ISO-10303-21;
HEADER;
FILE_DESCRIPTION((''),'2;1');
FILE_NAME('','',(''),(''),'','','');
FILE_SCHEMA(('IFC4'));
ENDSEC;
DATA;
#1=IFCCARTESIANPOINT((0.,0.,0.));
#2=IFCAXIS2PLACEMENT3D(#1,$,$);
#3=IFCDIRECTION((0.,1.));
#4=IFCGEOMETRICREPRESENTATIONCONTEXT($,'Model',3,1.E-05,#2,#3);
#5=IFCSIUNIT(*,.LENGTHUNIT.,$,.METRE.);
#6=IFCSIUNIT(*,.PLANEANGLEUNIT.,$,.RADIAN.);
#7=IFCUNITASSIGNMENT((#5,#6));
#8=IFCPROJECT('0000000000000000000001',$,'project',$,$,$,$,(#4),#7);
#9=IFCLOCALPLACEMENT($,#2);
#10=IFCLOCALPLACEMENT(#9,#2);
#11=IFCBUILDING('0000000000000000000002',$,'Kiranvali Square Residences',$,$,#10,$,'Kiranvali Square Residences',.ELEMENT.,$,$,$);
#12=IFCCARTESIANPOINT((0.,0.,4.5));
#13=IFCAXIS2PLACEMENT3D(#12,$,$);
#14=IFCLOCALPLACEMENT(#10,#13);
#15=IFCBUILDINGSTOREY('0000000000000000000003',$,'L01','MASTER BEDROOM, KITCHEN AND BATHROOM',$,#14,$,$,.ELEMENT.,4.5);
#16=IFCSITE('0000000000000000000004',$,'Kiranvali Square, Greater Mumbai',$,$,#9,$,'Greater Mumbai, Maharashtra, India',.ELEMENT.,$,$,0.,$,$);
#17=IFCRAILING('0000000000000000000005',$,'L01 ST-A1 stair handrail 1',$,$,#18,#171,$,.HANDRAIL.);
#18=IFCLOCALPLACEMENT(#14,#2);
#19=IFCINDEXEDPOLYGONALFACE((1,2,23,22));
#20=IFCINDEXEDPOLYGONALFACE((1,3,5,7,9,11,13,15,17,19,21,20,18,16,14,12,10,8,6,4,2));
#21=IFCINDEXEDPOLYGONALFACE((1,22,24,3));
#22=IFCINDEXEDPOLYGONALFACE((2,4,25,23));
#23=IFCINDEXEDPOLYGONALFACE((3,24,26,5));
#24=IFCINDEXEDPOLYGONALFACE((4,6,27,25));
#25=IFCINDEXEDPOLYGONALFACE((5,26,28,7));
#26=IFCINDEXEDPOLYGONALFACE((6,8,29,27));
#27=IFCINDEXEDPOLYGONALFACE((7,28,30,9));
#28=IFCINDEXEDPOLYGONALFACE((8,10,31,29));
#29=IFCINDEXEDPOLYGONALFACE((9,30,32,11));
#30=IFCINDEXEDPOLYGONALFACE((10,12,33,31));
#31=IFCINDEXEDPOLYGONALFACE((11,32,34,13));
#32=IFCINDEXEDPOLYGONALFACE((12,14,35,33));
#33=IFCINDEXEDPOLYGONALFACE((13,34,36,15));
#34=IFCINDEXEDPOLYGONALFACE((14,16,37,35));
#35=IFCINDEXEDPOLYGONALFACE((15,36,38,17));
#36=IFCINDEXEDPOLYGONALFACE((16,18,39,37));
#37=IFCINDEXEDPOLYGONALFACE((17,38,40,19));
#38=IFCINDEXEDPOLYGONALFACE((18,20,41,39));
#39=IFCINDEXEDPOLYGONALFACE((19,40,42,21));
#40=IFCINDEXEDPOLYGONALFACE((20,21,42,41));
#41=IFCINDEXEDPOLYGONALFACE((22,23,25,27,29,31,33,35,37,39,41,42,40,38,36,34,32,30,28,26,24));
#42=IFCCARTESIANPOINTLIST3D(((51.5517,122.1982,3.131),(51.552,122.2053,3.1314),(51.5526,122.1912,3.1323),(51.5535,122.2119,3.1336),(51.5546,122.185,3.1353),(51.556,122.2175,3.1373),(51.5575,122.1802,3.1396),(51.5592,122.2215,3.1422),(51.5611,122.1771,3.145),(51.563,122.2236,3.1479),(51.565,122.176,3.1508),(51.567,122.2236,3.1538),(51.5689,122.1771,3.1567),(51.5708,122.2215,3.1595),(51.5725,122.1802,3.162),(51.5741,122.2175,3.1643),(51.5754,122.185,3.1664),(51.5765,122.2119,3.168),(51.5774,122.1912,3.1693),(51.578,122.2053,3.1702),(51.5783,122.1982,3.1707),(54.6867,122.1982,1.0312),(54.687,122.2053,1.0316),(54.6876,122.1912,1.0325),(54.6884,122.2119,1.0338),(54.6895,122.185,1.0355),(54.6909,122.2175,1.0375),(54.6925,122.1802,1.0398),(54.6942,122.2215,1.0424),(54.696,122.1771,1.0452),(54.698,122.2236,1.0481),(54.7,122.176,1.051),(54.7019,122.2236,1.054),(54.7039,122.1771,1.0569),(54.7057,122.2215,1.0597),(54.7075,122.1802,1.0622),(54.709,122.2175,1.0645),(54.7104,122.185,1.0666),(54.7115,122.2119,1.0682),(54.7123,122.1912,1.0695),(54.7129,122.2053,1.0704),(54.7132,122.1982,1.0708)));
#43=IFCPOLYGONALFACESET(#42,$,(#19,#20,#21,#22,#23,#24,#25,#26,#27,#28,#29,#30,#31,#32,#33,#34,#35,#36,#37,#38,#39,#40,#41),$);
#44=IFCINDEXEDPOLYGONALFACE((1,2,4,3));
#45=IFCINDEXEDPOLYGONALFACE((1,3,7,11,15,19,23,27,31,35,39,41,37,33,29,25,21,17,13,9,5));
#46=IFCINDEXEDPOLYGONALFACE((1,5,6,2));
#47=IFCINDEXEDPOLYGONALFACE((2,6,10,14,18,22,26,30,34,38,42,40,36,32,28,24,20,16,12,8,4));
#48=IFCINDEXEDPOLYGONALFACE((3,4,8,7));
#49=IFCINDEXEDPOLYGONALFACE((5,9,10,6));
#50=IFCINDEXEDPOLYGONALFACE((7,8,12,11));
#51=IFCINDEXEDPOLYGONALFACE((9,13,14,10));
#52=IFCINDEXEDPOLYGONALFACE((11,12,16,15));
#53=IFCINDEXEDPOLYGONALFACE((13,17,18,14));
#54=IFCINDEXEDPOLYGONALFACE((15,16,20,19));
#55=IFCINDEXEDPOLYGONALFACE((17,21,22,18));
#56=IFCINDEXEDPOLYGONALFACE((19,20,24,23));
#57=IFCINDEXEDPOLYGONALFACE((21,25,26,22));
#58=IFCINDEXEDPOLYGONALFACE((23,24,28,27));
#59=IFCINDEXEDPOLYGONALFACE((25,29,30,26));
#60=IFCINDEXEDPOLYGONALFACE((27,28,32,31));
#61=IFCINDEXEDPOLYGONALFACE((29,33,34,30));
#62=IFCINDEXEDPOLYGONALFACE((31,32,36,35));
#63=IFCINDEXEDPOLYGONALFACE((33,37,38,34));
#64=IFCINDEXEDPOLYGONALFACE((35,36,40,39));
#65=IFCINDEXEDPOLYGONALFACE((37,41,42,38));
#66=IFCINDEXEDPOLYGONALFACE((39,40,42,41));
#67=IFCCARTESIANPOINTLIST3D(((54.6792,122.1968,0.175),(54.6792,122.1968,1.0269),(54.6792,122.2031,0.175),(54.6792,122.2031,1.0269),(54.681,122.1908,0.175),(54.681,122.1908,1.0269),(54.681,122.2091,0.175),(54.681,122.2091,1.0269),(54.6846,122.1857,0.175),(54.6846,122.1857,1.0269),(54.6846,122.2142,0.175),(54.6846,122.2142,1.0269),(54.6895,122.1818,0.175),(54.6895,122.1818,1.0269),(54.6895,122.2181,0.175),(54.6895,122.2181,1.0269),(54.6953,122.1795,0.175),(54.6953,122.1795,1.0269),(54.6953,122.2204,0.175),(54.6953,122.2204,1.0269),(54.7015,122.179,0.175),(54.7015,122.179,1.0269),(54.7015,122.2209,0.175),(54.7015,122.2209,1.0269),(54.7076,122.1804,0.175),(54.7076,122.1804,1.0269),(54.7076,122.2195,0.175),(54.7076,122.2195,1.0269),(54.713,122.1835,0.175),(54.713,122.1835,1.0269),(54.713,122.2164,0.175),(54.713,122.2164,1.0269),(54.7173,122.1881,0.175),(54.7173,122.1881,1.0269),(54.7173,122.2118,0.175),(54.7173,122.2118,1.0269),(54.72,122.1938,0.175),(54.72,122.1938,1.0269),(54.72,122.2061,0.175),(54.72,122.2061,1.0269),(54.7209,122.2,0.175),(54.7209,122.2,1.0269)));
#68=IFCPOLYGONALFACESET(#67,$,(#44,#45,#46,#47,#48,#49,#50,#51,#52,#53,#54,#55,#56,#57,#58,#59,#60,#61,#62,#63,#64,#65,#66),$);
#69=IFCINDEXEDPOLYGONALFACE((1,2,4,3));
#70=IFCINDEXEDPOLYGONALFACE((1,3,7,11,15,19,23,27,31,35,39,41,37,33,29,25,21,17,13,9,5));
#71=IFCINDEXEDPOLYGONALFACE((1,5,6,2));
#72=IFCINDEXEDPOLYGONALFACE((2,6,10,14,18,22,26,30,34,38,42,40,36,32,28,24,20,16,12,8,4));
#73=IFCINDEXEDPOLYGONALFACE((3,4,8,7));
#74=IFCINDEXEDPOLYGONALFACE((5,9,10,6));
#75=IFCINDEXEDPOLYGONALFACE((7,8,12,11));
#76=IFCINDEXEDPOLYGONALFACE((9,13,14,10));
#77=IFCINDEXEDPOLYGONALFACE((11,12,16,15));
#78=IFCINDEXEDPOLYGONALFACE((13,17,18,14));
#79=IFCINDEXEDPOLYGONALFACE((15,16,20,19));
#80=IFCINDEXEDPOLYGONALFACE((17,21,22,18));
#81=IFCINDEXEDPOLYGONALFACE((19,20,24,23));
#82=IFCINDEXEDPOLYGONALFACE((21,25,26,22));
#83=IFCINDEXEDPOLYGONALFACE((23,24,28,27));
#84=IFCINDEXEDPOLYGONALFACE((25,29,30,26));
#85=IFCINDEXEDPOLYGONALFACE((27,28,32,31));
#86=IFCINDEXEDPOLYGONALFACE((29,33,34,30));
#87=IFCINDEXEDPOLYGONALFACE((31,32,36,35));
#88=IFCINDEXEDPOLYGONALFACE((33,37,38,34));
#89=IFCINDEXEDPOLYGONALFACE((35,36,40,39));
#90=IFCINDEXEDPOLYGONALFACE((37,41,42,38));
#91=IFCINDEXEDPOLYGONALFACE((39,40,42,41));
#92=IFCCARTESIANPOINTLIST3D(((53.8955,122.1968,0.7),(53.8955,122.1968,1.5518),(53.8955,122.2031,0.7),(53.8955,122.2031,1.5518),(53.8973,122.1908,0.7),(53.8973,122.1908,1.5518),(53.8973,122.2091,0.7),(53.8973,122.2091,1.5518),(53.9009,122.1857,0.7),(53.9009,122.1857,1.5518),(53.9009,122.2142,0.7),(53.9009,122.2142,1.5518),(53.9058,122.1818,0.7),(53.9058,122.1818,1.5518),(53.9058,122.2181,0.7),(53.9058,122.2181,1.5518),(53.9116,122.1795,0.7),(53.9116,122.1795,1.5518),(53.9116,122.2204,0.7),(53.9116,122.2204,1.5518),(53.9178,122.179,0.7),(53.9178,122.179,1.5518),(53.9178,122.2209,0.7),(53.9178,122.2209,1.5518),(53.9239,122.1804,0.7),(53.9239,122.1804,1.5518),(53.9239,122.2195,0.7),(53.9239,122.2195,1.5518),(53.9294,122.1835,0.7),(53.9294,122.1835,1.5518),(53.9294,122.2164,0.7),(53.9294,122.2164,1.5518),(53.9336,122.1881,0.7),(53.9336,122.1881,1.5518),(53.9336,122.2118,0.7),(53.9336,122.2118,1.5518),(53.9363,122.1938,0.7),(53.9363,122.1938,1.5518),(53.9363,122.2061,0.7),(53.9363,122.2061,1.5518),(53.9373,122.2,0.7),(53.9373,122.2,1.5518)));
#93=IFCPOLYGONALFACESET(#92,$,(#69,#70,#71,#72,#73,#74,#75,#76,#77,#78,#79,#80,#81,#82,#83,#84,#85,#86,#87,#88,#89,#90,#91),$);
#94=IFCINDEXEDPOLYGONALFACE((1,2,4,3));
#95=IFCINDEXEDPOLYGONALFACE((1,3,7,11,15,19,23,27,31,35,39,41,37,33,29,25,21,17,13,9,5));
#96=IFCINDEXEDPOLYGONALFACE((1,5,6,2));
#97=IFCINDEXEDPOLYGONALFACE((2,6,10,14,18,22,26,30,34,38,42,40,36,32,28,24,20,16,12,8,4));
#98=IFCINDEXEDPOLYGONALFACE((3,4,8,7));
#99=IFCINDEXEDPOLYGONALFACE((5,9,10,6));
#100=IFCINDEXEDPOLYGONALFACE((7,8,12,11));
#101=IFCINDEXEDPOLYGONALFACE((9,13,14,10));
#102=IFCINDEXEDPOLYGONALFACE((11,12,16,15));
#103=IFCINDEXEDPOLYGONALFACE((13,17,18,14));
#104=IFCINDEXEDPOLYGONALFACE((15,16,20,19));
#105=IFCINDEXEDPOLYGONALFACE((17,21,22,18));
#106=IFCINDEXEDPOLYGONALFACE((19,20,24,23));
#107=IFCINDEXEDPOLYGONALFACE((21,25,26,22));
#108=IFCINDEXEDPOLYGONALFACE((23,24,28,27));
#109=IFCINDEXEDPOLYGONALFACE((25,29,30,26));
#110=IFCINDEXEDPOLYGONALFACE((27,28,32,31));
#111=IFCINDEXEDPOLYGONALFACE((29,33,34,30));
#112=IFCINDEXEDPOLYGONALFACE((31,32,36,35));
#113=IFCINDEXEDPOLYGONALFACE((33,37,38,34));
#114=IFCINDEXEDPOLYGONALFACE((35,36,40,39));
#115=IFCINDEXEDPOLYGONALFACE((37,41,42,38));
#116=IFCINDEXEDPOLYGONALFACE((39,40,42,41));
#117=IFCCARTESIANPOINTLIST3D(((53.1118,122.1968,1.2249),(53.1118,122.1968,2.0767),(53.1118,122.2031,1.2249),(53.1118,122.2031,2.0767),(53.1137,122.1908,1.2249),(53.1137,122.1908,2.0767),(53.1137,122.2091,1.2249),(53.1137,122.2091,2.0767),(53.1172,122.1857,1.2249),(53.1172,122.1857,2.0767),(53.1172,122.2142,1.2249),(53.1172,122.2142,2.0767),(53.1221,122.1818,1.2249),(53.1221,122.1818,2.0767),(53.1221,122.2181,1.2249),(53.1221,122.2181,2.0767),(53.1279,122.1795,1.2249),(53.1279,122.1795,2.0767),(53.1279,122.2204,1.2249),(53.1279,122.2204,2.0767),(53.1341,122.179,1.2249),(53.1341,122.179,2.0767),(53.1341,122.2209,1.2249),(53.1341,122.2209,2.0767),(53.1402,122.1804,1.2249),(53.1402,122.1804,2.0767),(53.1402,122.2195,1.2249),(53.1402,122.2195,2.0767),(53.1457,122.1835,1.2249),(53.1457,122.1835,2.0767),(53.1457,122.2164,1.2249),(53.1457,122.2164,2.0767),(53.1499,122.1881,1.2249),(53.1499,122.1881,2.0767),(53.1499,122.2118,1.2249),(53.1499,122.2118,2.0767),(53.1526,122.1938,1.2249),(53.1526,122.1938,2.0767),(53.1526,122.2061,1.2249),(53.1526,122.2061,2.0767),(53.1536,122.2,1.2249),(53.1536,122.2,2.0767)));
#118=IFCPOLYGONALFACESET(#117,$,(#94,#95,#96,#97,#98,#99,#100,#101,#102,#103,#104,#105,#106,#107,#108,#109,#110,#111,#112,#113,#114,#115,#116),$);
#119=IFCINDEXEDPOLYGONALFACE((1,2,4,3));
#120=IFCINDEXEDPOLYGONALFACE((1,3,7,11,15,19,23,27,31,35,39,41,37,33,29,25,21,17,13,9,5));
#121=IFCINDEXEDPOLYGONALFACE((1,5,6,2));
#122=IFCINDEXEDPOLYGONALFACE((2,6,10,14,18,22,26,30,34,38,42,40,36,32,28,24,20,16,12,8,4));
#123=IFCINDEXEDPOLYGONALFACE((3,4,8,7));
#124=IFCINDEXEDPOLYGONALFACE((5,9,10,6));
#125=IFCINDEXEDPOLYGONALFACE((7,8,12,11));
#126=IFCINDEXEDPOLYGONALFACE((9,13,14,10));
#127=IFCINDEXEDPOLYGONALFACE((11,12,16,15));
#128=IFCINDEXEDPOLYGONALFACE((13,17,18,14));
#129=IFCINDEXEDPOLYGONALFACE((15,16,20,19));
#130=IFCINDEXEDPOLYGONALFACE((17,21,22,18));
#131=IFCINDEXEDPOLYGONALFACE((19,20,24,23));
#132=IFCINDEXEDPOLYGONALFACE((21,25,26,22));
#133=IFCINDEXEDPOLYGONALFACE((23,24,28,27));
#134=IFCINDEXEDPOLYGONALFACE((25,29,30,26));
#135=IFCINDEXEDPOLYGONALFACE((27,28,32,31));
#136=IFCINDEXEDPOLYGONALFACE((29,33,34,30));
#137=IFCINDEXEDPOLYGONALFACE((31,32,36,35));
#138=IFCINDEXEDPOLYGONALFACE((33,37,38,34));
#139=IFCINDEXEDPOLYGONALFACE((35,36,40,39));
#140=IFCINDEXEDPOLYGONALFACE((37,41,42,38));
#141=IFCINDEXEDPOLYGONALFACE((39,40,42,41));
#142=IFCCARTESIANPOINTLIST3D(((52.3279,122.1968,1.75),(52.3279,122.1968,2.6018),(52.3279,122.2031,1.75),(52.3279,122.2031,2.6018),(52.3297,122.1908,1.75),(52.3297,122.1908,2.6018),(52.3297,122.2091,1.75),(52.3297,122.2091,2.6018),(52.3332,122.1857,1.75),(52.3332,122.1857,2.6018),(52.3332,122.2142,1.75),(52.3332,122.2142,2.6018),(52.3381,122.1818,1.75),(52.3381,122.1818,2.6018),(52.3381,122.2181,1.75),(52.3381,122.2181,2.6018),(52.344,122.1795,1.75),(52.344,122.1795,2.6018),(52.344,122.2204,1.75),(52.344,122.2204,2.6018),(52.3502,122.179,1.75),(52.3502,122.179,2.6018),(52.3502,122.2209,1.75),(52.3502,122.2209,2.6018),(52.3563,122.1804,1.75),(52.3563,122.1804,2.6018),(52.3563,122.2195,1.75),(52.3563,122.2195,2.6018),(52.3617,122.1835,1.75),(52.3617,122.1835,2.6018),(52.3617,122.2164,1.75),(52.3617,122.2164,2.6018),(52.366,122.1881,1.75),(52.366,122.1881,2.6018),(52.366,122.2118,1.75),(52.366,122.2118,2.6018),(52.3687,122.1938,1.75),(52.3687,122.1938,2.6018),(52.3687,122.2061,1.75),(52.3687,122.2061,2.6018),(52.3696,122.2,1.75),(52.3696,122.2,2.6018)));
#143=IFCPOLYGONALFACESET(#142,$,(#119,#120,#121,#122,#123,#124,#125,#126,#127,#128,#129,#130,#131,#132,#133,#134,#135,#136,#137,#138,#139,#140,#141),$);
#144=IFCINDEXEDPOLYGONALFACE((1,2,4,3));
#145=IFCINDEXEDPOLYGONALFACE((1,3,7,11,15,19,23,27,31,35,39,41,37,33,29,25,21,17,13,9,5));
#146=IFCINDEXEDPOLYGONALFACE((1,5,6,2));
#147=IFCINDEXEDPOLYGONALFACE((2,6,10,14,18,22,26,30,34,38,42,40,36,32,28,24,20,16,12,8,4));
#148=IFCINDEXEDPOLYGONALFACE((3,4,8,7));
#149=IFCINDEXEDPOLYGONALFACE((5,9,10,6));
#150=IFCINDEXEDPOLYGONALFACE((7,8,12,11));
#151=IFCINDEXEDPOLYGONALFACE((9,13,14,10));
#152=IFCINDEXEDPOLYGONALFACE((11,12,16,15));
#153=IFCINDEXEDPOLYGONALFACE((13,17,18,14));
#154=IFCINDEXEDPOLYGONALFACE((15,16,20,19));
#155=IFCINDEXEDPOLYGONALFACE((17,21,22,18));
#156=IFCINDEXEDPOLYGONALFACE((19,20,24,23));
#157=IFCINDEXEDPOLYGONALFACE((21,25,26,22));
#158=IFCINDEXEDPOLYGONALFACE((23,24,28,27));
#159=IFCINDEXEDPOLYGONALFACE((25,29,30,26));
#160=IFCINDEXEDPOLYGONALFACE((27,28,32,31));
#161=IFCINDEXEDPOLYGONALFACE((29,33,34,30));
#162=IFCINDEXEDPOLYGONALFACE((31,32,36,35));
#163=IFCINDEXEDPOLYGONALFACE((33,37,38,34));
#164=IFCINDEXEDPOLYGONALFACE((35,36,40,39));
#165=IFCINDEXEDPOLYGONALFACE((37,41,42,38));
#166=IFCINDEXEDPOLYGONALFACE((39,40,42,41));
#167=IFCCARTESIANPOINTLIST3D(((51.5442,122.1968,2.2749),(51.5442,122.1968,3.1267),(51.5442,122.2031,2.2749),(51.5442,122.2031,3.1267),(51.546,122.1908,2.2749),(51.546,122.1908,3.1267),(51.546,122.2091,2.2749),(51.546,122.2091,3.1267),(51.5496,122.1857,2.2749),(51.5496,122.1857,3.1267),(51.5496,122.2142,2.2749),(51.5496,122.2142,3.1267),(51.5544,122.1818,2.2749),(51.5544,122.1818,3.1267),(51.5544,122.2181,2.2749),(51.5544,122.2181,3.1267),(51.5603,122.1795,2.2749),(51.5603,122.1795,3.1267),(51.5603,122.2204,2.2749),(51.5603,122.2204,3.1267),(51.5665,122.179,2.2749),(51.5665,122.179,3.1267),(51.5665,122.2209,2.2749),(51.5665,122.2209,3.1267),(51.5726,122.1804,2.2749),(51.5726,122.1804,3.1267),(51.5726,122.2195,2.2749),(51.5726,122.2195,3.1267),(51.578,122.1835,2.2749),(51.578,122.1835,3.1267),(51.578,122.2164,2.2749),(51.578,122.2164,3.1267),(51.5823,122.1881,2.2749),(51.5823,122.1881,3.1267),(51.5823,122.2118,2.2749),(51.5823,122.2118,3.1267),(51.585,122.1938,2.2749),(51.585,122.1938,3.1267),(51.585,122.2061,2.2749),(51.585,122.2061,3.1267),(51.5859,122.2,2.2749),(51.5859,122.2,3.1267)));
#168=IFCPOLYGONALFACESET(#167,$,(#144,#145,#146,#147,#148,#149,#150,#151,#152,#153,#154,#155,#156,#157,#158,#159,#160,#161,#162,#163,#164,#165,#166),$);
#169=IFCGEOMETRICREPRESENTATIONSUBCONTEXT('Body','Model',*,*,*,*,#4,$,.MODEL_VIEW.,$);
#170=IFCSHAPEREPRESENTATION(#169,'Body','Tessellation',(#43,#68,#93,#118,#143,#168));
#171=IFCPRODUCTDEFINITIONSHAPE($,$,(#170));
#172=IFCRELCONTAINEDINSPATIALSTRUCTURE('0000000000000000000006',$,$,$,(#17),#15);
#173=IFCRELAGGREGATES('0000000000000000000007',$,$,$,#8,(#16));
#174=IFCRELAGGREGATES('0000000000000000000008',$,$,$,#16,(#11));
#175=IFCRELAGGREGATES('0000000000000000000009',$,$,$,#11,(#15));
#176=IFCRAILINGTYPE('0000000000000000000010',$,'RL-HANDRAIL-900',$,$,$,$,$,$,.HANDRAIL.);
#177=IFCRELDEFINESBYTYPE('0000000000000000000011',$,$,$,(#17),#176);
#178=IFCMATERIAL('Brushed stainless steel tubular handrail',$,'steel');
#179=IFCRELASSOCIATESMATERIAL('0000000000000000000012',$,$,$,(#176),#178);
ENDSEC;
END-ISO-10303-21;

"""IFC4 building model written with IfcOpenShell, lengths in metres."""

from ifc_helpers import new_model, si_unit, direction, frame, origin, origin_2d, place, context, subcontext, project, spatial, circle, extrude, material, type_object, element, save


model = new_model("IFC4")

# Units and contexts
model_context = context("Model", 3, precision=1e-05, world=origin(), true_north=direction((0.0, 1.0)))
body_context = subcontext(model_context, "Body", "Model", "MODEL_VIEW")
ifc_project = project(units=[si_unit("LENGTHUNIT", "METRE"), si_unit("PLANEANGLEUNIT", "RADIAN")], contexts=[model_context])

# Site, building, storey
site_placement = place(None, origin())
site = spatial("IfcSite", under=ifc_project, at=site_placement, Name="Kiranvali Square, Greater Mumbai", LongName="Greater Mumbai, Maharashtra, India", CompositionType="ELEMENT", RefElevation=0.0)
building_placement = place(site_placement, origin())
building = spatial("IfcBuilding", under=site, at=building_placement, Name="Kiranvali Square Residences", LongName="Kiranvali Square Residences", CompositionType="ELEMENT")
storey_placement = place(building_placement, frame((0.0, 0.0, 4.5)))
storey = spatial("IfcBuildingStorey", under=building, at=storey_placement, Name="L01", Description="MASTER BEDROOM, KITCHEN AND BATHROOM", CompositionType="ELEMENT", Elevation=4.5)

# Railing
ifc_material_1 = material(Name="Brushed stainless steel tubular handrail", Category="steel")
railing_type_1 = type_object("IfcRailingType", Name="RL-HANDRAIL-900", PredefinedType="HANDRAIL", material=ifc_material_1)
railing_1_placement = place(storey_placement, frame((54.7, 122.2, 0.175)))
element("IfcRailing", 1, at=railing_1_placement, inside=storey, type_object=railing_type_1, Name="L01 ST-A1 stair handrail 1", PredefinedType="HANDRAIL", context=body_context, shape_type="SweptSolid", body=[
    extrude(circle(Radius=0.0239, at=origin_2d()), frame((0.0, 0.0, 0.876), z_axis=(-0.830844, 0.0, 0.556506), x_axis=(0.0, -1.0, 0.0)), (0.0, 0.0, 1.0), 3.7732),
    extrude(circle(Radius=0.021, at=origin_2d()), origin(), (0.0, 0.0, 1.0), 0.8518),
    extrude(circle(Radius=0.021, at=origin_2d()), frame((-0.7837, 0.0, 0.5249)), (0.0, 0.0, 1.0), 0.8518),
    extrude(circle(Radius=0.021, at=origin_2d()), frame((-1.5674, 0.0, 1.0498)), (0.0, 0.0, 1.0), 0.8518),
    extrude(circle(Radius=0.021, at=origin_2d()), frame((-2.3513, 0.0, 1.575)), (0.0, 0.0, 1.0), 0.8518),
    extrude(circle(Radius=0.021, at=origin_2d()), frame((-3.135, 0.0, 2.0999)), (0.0, 0.0, 1.0), 0.8518),
])

save(model, "model.ifc")
